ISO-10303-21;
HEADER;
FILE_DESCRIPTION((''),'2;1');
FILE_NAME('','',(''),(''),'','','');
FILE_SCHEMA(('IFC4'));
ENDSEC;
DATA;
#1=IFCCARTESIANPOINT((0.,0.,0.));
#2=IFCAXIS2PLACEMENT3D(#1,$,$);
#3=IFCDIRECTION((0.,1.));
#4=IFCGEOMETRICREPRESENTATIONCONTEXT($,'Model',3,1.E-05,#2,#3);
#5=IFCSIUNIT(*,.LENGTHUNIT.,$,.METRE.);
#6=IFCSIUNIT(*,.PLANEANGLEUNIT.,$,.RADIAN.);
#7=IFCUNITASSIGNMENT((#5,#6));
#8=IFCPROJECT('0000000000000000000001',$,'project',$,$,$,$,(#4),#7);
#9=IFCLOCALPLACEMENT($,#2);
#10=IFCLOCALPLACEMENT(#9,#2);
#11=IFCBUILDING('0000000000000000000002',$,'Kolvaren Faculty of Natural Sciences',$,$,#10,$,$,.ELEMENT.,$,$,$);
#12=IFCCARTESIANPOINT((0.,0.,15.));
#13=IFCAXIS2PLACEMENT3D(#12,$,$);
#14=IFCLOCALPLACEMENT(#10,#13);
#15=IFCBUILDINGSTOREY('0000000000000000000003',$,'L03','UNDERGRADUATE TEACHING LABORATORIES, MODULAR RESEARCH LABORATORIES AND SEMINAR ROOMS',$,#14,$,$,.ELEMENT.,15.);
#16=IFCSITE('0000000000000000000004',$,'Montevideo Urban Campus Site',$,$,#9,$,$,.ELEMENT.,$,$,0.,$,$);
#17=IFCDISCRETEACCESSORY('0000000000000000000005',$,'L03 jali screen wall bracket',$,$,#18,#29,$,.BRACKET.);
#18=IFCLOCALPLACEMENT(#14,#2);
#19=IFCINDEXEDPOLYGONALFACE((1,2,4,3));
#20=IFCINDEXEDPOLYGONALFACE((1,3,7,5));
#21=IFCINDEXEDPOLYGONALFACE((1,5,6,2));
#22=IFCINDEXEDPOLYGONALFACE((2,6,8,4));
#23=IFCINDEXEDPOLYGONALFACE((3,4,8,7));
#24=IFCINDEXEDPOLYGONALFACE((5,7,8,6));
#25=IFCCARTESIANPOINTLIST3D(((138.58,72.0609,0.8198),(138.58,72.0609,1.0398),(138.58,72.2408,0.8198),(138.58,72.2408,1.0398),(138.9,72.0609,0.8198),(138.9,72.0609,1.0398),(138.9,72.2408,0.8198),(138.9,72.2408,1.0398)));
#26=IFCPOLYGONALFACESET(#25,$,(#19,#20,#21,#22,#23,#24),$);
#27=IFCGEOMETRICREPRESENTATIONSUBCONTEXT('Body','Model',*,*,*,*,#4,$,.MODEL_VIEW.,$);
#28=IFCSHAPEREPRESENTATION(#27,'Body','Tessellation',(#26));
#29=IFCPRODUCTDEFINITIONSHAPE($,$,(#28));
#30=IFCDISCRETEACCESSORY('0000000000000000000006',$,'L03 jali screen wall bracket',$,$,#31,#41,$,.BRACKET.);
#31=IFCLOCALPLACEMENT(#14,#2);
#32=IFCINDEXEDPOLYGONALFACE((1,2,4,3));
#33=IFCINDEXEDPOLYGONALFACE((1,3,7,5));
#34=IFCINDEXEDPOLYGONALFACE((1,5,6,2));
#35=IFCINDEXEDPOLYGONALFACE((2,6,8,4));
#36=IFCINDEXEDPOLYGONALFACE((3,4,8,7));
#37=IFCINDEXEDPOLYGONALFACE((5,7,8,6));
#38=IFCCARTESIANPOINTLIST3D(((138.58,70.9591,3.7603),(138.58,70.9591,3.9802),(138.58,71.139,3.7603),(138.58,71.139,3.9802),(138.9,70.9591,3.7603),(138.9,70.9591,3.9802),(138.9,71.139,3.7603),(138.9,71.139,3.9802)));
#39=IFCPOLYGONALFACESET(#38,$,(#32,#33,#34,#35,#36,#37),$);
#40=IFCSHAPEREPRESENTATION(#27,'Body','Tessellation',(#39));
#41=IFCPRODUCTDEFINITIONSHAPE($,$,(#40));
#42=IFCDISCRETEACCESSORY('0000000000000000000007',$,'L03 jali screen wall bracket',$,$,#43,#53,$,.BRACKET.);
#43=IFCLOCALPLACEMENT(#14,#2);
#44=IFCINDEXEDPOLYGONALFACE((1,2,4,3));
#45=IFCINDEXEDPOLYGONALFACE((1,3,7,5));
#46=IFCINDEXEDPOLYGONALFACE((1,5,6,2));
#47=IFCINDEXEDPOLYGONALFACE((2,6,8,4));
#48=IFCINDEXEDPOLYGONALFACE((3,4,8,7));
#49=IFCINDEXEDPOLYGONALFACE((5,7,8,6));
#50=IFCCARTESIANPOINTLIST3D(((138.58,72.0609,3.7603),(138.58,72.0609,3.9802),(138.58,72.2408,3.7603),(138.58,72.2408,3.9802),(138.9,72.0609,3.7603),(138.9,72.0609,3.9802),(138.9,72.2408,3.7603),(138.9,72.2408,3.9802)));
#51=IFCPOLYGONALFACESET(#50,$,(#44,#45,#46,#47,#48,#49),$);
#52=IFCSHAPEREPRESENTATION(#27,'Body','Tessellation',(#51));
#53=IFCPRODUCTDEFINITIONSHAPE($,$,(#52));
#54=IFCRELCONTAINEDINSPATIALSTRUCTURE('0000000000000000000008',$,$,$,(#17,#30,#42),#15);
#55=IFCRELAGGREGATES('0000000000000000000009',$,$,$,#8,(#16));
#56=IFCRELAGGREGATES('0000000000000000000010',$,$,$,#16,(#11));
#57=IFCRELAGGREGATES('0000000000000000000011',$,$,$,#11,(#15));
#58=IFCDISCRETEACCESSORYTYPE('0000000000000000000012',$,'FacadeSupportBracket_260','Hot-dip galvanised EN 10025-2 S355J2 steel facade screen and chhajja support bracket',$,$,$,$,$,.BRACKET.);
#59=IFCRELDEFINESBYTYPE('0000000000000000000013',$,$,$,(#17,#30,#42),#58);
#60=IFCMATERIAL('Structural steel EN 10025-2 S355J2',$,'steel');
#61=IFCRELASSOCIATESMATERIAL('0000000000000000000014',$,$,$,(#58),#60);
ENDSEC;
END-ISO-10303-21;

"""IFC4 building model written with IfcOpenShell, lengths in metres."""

from ifc_helpers import new_model, si_unit, direction, frame, origin, origin_2d, place, context, subcontext, project, spatial, rectangle, extrude, material, type_object, element, save


model = new_model("IFC4")

# Units and contexts
model_context = context("Model", 3, precision=1e-05, world=origin(), true_north=direction((0.0, 1.0)))
body_context = subcontext(model_context, "Body", "Model", "MODEL_VIEW")
ifc_project = project(units=[si_unit("LENGTHUNIT", "METRE"), si_unit("PLANEANGLEUNIT", "RADIAN")], contexts=[model_context])

# Site, building, storey
site_placement = place(None, origin())
site = spatial("IfcSite", under=ifc_project, at=site_placement, Name="Montevideo Urban Campus Site", CompositionType="ELEMENT", RefElevation=0.0)
building_placement = place(site_placement, origin())
building = spatial("IfcBuilding", under=site, at=building_placement, Name="Kolvaren Faculty of Natural Sciences", CompositionType="ELEMENT")
storey_placement = place(building_placement, frame((0.0, 0.0, 15.0)))
storey = spatial("IfcBuildingStorey", under=building, at=storey_placement, Name="L03", Description="UNDERGRADUATE TEACHING LABORATORIES, MODULAR RESEARCH LABORATORIES AND SEMINAR ROOMS", CompositionType="ELEMENT", Elevation=15.0)

# Discrete accessories
ifc_material_1 = material(Name="Structural steel EN 10025-2 S355J2", Category="steel")
discrete_accessory_type = type_object("IfcDiscreteAccessoryType", Name="FacadeSupportBracket_260", Description="Hot-dip galvanised EN 10025-2 S355J2 steel facade screen and chhajja support bracket", PredefinedType="BRACKET", material=ifc_material_1)
for number, where, z_axis, x_axis, name in (
    (1, (138.74, 72.1509, 0.8198), (0.0, 0.0, 1.0), (0.0, 1.0, 0.0), "L03 jali screen wall bracket"),
    (2, (138.74, 71.0491, 3.7603), (0.0, 0.0, 1.0), (0.0, 1.0, 0.0), "L03 jali screen wall bracket"),
    (3, (138.74, 72.1509, 3.7603), (0.0, 0.0, 1.0), (0.0, 1.0, 0.0), "L03 jali screen wall bracket"),
):
    element("IfcDiscreteAccessory", number, at=place(storey_placement, frame(where, z_axis=z_axis, x_axis=x_axis)), inside=storey, type_object=discrete_accessory_type, Name=name, PredefinedType="BRACKET", context=body_context, shape_type="SweptSolid", body=[
        extrude(rectangle(XDim=0.1799, YDim=0.3201, at=origin_2d()), origin(), (0.0, 0.0, 1.0), 0.22),
    ])

save(model, "model.ifc")
